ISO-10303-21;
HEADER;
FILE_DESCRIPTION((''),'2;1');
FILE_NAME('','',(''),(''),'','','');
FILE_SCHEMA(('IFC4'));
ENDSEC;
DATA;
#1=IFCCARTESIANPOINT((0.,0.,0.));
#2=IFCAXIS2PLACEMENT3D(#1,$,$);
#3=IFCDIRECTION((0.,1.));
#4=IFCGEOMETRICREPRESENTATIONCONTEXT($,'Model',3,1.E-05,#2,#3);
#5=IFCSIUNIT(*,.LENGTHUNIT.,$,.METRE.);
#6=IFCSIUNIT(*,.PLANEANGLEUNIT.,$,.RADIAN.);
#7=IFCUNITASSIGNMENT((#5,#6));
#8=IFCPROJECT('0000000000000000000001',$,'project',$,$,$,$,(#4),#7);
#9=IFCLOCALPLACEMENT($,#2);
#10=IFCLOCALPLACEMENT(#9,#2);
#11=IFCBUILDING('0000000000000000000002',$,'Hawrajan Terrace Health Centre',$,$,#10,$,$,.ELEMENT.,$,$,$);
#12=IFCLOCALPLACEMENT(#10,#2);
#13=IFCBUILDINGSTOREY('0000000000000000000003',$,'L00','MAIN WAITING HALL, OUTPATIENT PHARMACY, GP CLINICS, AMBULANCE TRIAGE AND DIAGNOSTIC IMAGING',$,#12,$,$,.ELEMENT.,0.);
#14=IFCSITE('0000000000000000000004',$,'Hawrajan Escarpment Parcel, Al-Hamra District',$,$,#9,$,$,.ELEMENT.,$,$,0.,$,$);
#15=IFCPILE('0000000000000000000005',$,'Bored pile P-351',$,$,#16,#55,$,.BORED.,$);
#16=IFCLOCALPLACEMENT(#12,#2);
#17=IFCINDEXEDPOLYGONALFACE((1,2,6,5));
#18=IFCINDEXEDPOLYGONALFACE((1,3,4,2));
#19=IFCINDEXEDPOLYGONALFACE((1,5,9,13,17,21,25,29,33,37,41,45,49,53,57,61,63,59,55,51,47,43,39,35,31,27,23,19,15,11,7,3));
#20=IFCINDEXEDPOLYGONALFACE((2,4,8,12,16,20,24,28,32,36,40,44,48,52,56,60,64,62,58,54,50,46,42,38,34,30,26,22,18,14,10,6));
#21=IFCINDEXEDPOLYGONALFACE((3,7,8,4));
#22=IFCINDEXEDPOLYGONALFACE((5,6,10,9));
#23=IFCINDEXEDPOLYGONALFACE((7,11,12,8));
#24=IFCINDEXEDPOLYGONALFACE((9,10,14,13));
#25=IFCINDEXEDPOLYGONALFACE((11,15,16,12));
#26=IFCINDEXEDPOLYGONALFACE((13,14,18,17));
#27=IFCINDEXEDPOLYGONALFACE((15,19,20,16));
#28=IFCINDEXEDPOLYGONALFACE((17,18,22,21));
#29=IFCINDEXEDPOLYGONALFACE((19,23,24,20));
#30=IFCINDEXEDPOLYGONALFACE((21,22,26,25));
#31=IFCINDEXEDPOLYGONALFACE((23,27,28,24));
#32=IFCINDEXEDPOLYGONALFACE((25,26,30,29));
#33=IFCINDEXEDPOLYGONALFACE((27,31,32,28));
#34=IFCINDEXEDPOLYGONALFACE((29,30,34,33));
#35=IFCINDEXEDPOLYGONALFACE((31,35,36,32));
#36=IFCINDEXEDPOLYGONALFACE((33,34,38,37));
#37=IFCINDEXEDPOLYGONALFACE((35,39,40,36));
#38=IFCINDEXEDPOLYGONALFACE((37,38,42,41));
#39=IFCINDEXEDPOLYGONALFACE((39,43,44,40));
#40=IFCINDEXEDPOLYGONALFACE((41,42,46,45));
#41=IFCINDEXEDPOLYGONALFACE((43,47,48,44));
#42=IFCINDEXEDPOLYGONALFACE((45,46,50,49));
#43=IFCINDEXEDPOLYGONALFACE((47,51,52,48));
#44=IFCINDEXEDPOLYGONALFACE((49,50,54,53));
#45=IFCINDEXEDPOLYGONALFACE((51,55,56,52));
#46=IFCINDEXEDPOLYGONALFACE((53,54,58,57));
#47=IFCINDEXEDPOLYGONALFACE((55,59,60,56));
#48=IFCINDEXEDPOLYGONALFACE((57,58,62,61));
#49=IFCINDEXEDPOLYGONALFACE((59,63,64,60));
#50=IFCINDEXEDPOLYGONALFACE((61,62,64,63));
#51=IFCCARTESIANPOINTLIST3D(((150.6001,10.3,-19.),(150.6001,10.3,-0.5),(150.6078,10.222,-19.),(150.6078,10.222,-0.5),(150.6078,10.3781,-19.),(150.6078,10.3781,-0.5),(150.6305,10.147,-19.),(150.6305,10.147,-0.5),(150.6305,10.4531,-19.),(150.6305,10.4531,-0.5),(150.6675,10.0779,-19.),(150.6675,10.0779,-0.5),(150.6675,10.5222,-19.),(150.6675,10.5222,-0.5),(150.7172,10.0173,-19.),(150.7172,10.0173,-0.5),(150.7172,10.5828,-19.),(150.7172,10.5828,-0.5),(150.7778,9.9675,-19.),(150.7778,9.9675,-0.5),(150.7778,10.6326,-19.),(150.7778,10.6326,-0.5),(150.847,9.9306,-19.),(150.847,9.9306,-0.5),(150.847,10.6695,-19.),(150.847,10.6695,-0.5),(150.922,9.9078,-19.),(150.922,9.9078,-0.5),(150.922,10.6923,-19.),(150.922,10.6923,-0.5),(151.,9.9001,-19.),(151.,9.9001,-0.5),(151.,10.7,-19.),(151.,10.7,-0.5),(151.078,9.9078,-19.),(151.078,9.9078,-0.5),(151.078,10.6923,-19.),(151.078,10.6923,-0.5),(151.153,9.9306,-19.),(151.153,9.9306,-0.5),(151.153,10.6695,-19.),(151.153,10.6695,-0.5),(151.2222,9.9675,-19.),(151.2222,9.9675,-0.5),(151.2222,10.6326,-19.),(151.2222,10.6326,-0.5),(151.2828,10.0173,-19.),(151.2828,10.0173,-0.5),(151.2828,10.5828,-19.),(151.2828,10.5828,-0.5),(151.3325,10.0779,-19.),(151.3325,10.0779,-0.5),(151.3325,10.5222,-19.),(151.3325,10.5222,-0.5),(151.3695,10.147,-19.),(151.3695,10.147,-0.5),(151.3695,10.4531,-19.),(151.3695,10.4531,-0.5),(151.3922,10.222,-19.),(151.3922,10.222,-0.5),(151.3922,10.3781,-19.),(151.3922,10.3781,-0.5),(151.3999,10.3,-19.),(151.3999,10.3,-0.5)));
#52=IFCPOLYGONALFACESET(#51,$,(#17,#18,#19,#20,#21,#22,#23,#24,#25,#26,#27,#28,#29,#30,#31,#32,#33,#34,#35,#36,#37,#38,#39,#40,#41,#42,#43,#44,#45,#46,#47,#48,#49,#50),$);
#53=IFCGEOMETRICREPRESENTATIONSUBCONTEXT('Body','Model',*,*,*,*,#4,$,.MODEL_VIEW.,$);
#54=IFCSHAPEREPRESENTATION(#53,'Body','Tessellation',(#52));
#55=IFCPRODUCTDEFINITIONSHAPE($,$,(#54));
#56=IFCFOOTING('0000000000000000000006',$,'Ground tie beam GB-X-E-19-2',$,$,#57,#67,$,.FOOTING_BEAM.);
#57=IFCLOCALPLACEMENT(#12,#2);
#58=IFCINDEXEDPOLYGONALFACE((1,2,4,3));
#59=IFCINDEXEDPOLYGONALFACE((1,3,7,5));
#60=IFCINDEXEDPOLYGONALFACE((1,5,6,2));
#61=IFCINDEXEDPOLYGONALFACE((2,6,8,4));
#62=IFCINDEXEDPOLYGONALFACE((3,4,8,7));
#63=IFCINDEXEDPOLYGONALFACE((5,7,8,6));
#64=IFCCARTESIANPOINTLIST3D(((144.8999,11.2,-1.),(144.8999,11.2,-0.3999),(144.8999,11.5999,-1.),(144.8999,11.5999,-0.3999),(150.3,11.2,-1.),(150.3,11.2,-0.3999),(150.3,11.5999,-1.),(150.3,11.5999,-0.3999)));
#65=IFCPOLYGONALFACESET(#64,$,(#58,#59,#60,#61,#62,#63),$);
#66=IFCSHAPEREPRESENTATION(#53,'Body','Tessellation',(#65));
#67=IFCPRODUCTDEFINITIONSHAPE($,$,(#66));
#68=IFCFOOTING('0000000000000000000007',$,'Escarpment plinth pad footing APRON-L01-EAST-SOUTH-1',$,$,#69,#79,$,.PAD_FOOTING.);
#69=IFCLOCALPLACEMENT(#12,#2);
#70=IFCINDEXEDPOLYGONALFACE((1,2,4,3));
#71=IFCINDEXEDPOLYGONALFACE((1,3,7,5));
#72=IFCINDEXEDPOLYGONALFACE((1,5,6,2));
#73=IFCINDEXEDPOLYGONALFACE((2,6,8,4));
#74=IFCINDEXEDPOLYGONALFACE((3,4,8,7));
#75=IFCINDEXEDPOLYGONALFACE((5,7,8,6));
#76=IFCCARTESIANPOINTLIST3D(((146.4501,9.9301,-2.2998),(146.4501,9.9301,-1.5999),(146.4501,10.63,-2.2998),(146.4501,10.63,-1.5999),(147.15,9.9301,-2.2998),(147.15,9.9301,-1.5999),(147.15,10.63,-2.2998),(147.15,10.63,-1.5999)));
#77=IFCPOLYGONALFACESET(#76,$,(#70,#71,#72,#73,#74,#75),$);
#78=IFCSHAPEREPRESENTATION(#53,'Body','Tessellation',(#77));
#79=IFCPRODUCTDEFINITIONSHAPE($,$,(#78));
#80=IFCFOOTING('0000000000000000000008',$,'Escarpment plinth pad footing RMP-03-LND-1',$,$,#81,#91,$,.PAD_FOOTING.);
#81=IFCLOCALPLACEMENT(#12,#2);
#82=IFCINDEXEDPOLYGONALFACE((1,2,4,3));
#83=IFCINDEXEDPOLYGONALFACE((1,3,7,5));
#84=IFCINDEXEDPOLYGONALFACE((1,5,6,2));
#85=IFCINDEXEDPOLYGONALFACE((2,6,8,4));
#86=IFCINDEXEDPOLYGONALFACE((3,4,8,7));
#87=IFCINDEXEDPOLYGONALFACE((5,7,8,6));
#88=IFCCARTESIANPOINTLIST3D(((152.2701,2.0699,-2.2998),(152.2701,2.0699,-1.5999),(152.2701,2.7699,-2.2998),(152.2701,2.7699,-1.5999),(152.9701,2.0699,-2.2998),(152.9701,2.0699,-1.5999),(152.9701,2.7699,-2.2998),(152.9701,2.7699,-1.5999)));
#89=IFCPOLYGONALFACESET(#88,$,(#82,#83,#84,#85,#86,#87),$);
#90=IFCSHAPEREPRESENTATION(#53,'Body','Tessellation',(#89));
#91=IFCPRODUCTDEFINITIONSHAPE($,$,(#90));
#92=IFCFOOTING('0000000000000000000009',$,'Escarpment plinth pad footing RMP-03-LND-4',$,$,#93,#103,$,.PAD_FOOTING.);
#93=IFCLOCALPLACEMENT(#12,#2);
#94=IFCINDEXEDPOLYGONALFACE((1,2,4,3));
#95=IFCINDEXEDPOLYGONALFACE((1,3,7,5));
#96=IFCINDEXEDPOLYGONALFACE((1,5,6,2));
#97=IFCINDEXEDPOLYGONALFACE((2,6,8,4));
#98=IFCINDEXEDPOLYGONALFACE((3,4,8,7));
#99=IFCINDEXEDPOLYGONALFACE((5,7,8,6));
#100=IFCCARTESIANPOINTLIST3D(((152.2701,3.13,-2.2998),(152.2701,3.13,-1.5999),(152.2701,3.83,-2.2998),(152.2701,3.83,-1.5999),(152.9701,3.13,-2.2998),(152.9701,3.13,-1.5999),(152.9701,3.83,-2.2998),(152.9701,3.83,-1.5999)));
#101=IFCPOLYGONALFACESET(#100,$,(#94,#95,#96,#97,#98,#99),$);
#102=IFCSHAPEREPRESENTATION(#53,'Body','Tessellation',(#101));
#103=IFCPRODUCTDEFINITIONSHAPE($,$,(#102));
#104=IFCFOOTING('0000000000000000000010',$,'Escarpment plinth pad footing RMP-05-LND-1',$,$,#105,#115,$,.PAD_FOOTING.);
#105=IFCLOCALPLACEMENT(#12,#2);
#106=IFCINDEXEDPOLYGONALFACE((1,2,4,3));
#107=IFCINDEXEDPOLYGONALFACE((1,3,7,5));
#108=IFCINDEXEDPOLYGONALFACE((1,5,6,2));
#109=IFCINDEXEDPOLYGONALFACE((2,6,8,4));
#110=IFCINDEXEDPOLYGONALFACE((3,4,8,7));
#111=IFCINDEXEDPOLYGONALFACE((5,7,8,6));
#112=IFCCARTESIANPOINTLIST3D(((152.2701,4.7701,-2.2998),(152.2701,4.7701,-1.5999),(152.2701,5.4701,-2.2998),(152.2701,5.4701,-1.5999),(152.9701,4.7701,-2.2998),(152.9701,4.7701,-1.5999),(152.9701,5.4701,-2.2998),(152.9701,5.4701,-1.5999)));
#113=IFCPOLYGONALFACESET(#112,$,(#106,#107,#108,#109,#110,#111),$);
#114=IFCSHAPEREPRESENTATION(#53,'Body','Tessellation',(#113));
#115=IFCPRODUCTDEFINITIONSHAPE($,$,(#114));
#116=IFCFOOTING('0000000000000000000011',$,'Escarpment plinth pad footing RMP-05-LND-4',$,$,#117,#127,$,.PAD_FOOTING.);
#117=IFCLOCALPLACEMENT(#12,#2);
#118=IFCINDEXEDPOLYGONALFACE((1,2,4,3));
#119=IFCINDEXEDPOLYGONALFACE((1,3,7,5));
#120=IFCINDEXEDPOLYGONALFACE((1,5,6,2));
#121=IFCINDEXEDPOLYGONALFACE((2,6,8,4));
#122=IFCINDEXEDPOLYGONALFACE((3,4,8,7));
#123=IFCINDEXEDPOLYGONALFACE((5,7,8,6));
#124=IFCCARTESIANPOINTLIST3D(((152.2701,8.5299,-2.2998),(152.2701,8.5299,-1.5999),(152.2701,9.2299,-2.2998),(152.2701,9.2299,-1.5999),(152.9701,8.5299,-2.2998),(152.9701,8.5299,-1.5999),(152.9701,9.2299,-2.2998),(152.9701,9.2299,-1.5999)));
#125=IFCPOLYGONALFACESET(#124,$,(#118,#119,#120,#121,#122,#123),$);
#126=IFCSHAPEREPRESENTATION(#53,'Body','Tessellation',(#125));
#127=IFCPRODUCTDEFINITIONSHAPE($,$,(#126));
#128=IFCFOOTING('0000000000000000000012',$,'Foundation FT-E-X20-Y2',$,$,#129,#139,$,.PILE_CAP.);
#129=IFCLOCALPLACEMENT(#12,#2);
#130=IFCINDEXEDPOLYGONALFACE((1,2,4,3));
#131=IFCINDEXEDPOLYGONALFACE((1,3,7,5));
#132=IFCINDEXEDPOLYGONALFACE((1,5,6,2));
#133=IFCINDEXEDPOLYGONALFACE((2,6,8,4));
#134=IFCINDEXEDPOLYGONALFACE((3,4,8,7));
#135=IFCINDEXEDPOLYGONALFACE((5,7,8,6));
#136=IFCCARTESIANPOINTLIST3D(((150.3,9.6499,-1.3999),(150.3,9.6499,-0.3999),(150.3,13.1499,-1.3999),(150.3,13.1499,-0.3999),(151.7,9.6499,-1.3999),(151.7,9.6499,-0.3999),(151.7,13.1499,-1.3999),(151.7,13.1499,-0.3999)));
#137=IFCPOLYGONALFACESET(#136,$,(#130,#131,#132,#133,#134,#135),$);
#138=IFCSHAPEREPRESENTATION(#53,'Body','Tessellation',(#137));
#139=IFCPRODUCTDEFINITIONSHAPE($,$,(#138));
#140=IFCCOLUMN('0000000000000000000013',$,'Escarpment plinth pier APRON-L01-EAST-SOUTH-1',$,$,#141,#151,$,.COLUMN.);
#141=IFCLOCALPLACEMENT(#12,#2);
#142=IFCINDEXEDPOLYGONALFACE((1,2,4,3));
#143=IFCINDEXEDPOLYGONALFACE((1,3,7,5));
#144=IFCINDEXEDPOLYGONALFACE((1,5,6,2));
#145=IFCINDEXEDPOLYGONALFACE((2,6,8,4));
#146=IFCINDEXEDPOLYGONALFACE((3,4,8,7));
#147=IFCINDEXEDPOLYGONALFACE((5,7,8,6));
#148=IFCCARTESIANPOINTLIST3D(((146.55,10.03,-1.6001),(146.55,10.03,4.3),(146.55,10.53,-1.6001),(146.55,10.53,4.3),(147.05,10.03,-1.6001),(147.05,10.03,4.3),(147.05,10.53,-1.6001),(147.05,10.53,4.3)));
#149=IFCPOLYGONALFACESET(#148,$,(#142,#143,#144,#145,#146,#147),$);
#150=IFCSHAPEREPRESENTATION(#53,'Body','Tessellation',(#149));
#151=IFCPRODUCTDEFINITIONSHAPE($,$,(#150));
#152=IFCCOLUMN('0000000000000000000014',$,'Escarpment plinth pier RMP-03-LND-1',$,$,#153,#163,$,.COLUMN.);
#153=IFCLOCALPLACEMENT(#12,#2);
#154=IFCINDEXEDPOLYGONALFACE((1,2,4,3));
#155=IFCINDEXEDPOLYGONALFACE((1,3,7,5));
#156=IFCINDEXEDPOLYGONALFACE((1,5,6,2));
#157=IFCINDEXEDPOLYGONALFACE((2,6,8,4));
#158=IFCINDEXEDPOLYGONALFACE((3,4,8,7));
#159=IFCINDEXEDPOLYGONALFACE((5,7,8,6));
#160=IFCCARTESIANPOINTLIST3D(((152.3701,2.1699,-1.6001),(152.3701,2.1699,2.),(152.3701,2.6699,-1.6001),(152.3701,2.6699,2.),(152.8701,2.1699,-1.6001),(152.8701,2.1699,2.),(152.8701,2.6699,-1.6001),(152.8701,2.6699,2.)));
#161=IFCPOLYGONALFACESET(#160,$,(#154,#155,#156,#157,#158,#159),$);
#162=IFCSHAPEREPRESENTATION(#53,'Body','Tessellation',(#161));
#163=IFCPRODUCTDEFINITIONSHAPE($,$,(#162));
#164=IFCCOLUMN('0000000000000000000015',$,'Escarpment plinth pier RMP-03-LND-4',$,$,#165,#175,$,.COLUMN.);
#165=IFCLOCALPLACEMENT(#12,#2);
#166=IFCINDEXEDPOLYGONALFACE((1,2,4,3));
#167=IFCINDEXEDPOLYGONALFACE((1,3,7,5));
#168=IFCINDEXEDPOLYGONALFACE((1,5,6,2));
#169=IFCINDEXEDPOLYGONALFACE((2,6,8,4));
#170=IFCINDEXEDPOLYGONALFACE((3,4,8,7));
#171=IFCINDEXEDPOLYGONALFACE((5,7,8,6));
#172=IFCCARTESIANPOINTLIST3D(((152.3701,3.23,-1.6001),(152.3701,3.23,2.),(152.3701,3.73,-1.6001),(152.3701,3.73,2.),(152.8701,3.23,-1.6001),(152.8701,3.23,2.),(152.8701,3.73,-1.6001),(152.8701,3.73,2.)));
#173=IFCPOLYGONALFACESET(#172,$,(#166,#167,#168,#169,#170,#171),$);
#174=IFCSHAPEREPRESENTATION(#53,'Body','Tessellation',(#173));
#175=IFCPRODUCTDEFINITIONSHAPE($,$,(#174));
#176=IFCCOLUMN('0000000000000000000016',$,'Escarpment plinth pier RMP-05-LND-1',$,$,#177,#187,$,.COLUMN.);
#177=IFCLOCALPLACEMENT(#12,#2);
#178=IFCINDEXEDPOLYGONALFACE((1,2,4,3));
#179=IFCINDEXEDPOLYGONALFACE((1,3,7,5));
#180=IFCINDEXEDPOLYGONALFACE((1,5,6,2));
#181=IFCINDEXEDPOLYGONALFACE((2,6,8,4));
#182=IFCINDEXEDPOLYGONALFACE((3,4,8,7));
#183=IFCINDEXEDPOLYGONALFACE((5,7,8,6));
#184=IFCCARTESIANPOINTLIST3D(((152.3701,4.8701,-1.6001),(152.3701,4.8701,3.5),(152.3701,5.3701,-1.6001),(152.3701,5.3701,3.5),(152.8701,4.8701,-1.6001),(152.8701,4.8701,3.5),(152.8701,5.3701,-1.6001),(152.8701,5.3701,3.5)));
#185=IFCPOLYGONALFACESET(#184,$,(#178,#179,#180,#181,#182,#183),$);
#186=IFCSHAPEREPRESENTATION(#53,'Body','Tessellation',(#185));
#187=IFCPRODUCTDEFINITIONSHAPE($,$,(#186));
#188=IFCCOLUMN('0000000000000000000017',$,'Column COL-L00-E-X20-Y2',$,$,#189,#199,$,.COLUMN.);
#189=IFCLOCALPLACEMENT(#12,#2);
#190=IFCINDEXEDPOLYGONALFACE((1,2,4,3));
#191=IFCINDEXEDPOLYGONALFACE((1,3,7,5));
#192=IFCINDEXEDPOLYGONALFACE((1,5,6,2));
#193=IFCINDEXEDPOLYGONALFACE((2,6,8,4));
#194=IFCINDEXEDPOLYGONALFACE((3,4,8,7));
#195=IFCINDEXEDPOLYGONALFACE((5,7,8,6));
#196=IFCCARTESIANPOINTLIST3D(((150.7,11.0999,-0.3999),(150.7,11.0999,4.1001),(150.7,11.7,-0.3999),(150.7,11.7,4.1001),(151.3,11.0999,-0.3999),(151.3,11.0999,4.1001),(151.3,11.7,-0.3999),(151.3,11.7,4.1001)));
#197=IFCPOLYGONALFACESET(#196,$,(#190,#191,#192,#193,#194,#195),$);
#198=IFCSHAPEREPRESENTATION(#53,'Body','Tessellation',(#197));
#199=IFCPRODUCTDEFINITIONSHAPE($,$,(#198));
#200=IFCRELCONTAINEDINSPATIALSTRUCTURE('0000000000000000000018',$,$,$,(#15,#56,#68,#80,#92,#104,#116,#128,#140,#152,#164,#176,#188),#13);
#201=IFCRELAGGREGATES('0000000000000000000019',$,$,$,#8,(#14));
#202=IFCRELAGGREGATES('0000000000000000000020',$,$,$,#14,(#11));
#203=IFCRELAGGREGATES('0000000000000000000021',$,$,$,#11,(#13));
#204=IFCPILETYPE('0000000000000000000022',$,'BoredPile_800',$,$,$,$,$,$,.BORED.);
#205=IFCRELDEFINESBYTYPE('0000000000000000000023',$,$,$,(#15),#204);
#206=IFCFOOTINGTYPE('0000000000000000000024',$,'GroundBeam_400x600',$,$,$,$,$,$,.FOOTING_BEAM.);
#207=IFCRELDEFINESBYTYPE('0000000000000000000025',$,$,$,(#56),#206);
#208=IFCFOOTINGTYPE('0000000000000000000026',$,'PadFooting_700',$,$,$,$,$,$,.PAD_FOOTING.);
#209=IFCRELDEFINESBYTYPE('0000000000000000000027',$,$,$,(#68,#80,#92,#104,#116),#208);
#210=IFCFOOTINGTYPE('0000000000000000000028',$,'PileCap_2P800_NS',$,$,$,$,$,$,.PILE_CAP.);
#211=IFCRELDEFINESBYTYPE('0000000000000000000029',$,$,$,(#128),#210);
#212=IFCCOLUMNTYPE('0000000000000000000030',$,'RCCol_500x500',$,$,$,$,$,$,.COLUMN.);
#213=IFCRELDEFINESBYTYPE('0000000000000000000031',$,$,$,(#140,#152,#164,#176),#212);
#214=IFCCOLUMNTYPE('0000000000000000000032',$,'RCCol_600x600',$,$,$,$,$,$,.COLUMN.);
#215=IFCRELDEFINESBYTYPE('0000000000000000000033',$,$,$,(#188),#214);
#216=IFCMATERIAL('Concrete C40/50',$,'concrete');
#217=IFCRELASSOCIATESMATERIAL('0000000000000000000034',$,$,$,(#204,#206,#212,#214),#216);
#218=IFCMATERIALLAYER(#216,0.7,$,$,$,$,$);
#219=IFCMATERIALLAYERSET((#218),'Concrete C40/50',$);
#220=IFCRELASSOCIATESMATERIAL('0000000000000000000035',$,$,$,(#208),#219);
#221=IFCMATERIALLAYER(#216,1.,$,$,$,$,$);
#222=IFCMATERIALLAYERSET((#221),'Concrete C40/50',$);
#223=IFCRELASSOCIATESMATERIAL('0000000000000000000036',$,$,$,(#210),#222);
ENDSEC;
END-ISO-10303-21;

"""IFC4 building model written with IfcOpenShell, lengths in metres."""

from ifc_helpers import new_model, si_unit, direction, frame, origin, origin_2d, place, context, subcontext, project, spatial, rectangle, circle, extrude, material, layer, layer_set, material_profile, profile_set, type_object, element, save


model = new_model("IFC4")

# Units and contexts
model_context = context("Model", 3, precision=1e-05, world=origin(), true_north=direction((0.0, 1.0)))
body_context = subcontext(model_context, "Body", "Model", "MODEL_VIEW")
ifc_project = project(units=[si_unit("LENGTHUNIT", "METRE"), si_unit("PLANEANGLEUNIT", "RADIAN")], contexts=[model_context])

# Site, building, storey
site_placement = place(None, origin())
site = spatial("IfcSite", under=ifc_project, at=site_placement, Name="Hawrajan Escarpment Parcel, Al-Hamra District", CompositionType="ELEMENT", RefElevation=0.0)
building_placement = place(site_placement, origin())
building = spatial("IfcBuilding", under=site, at=building_placement, Name="Hawrajan Terrace Health Centre", CompositionType="ELEMENT")
storey_placement = place(building_placement, origin())
storey = spatial("IfcBuildingStorey", under=building, at=storey_placement, Name="L00", Description="MAIN WAITING HALL, OUTPATIENT PHARMACY, GP CLINICS, AMBULANCE TRIAGE AND DIAGNOSTIC IMAGING", CompositionType="ELEMENT", Elevation=0.0)

# Pile
ifc_material_1 = material(Name="Concrete C40/50", Category="concrete")
ifc_material_profile_1 = material_profile(ifc_material_1, circle(Radius=0.3999, at=origin_2d()), Name="BP 800")
ifc_profile_set_1 = profile_set([ifc_material_profile_1], Name="Concrete C40/50")
pile_type = type_object("IfcPileType", Name="BoredPile_800", PredefinedType="BORED", material=ifc_profile_set_1)
pile_placement = place(storey_placement, frame((151.0, 10.3, -0.5), z_axis=(0.0, 0.0, -1.0), x_axis=(1.0, 0.0, 0.0)))
element("IfcPile", 1, at=pile_placement, inside=storey, type_object=pile_type, Name="Bored pile P-351", PredefinedType="BORED", context=body_context, shape_type="SweptSolid", body=[
    extrude(circle(Radius=0.3999, at=origin_2d()), origin(), (0.0, 0.0, 1.0), 18.5),
])

# Footings
ifc_material_profile_2 = material_profile(ifc_material_1, rectangle(XDim=0.3999, YDim=0.6001, at=origin_2d()), Name="RC BM 400x600")
ifc_profile_set_2 = profile_set([ifc_material_profile_2], Name="Concrete C40/50")
footing_type_1 = type_object("IfcFootingType", Name="GroundBeam_400x600", PredefinedType="FOOTING_BEAM", material=ifc_profile_set_2)
footing_1_placement = place(storey_placement, frame((144.8999, 11.3999, -0.7), z_axis=(1.0, 0.0, 0.0), x_axis=(0.0, 1.0, 0.0)))
element("IfcFooting", 2, at=footing_1_placement, inside=storey, type_object=footing_type_1, Name="Ground tie beam GB-X-E-19-2", PredefinedType="FOOTING_BEAM", context=body_context, shape_type="SweptSolid", body=[
    extrude(rectangle(XDim=0.3999, YDim=0.6001, at=origin_2d()), origin(), (0.0, 0.0, 1.0), 5.4001),
])
ifc_layer_1 = layer(ifc_material_1, 0.7)
ifc_layer_set_1 = layer_set([ifc_layer_1], Name="Concrete C40/50")
footing_type_2 = type_object("IfcFootingType", Name="PadFooting_700", PredefinedType="PAD_FOOTING", material=ifc_layer_set_1)
for number, where, z_axis, x_axis, name in (
    (3, (146.8, 10.28, -2.2998), (0.0, 0.0, 1.0), (1.0, 0.0, 0.0), "Escarpment plinth pad footing APRON-L01-EAST-SOUTH-1"),
    (4, (152.6201, 2.4199, -2.2998), (0.0, 0.0, 1.0), (1.0, 0.0, 0.0), "Escarpment plinth pad footing RMP-03-LND-1"),
    (5, (152.6201, 3.48, -2.2998), (0.0, 0.0, 1.0), (1.0, 0.0, 0.0), "Escarpment plinth pad footing RMP-03-LND-4"),
    (6, (152.6201, 5.1201, -2.2998), (0.0, 0.0, 1.0), (1.0, 0.0, 0.0), "Escarpment plinth pad footing RMP-05-LND-1"),
    (7, (152.6201, 8.8799, -2.2998), (0.0, 0.0, 1.0), (1.0, 0.0, 0.0), "Escarpment plinth pad footing RMP-05-LND-4"),
):
    element("IfcFooting", number, at=place(storey_placement, frame(where, z_axis=z_axis, x_axis=x_axis)), inside=storey, type_object=footing_type_2, Name=name, PredefinedType="PAD_FOOTING", context=body_context, shape_type="SweptSolid", body=[
        extrude(rectangle(XDim=0.7, YDim=0.7, at=origin_2d()), origin(), (0.0, 0.0, 1.0), 0.7),
    ])
ifc_layer_2 = layer(ifc_material_1, 1.0)
ifc_layer_set_2 = layer_set([ifc_layer_2], Name="Concrete C40/50")
footing_type_3 = type_object("IfcFootingType", Name="PileCap_2P800_NS", PredefinedType="PILE_CAP", material=ifc_layer_set_2)
footing_2_placement = place(storey_placement, frame((151.0, 11.3999, -1.3999), z_axis=(0.0, 0.0, 1.0), x_axis=(1.0, 0.0, 0.0)))
element("IfcFooting", 8, at=footing_2_placement, inside=storey, type_object=footing_type_3, Name="Foundation FT-E-X20-Y2", PredefinedType="PILE_CAP", context=body_context, shape_type="SweptSolid", body=[
    extrude(rectangle(XDim=1.3999, YDim=3.5, at=origin_2d()), origin(), (0.0, 0.0, 1.0), 1.0),
])

# Columns
ifc_material_profile_3 = material_profile(ifc_material_1, rectangle(XDim=0.5, YDim=0.5, at=origin_2d()), Name="RC 500x500")
ifc_profile_set_3 = profile_set([ifc_material_profile_3], Name="Concrete C40/50")
column_type_1 = type_object("IfcColumnType", Name="RCCol_500x500", PredefinedType="COLUMN", material=ifc_profile_set_3)
column_1_placement = place(storey_placement, frame((146.8, 10.28, -1.6001), z_axis=(0.0, 0.0, 1.0), x_axis=(1.0, 0.0, 0.0)))
element("IfcColumn", 9, at=column_1_placement, inside=storey, type_object=column_type_1, Name="Escarpment plinth pier APRON-L01-EAST-SOUTH-1", PredefinedType="COLUMN", context=body_context, shape_type="SweptSolid", body=[
    extrude(rectangle(XDim=0.5, YDim=0.5, at=origin_2d()), origin(), (0.0, 0.0, 1.0), 5.9001),
])
for number, where, z_axis, x_axis, name in (
    (10, (152.6201, 2.4199, -1.6001), (0.0, 0.0, 1.0), (1.0, 0.0, 0.0), "Escarpment plinth pier RMP-03-LND-1"),
    (11, (152.6201, 3.48, -1.6001), (0.0, 0.0, 1.0), (1.0, 0.0, 0.0), "Escarpment plinth pier RMP-03-LND-4"),
):
    element("IfcColumn", number, at=place(storey_placement, frame(where, z_axis=z_axis, x_axis=x_axis)), inside=storey, type_object=column_type_1, Name=name, PredefinedType="COLUMN", context=body_context, shape_type="SweptSolid", body=[
        extrude(rectangle(XDim=0.5, YDim=0.5, at=origin_2d()), origin(), (0.0, 0.0, 1.0), 3.6001),
    ])
column_2_placement = place(storey_placement, frame((152.6201, 5.1201, -1.6001), z_axis=(0.0, 0.0, 1.0), x_axis=(1.0, 0.0, 0.0)))
element("IfcColumn", 12, at=column_2_placement, inside=storey, type_object=column_type_1, Name="Escarpment plinth pier RMP-05-LND-1", PredefinedType="COLUMN", context=body_context, shape_type="SweptSolid", body=[
    extrude(rectangle(XDim=0.5, YDim=0.5, at=origin_2d()), origin(), (0.0, 0.0, 1.0), 5.1001),
])
ifc_material_profile_4 = material_profile(ifc_material_1, rectangle(XDim=0.6001, YDim=0.6001, at=origin_2d()), Name="RC 600x600")
ifc_profile_set_4 = profile_set([ifc_material_profile_4], Name="Concrete C40/50")
column_type_2 = type_object("IfcColumnType", Name="RCCol_600x600", PredefinedType="COLUMN", material=ifc_profile_set_4)
column_3_placement = place(storey_placement, frame((151.0, 11.3999, -0.3999), z_axis=(0.0, 0.0, 1.0), x_axis=(1.0, 0.0, 0.0)))
element("IfcColumn", 13, at=column_3_placement, inside=storey, type_object=column_type_2, Name="Column COL-L00-E-X20-Y2", PredefinedType="COLUMN", context=body_context, shape_type="SweptSolid", body=[
    extrude(rectangle(XDim=0.6001, YDim=0.6001, at=origin_2d()), origin(), (0.0, 0.0, 1.0), 4.5),
])

save(model, "model.ifc")
